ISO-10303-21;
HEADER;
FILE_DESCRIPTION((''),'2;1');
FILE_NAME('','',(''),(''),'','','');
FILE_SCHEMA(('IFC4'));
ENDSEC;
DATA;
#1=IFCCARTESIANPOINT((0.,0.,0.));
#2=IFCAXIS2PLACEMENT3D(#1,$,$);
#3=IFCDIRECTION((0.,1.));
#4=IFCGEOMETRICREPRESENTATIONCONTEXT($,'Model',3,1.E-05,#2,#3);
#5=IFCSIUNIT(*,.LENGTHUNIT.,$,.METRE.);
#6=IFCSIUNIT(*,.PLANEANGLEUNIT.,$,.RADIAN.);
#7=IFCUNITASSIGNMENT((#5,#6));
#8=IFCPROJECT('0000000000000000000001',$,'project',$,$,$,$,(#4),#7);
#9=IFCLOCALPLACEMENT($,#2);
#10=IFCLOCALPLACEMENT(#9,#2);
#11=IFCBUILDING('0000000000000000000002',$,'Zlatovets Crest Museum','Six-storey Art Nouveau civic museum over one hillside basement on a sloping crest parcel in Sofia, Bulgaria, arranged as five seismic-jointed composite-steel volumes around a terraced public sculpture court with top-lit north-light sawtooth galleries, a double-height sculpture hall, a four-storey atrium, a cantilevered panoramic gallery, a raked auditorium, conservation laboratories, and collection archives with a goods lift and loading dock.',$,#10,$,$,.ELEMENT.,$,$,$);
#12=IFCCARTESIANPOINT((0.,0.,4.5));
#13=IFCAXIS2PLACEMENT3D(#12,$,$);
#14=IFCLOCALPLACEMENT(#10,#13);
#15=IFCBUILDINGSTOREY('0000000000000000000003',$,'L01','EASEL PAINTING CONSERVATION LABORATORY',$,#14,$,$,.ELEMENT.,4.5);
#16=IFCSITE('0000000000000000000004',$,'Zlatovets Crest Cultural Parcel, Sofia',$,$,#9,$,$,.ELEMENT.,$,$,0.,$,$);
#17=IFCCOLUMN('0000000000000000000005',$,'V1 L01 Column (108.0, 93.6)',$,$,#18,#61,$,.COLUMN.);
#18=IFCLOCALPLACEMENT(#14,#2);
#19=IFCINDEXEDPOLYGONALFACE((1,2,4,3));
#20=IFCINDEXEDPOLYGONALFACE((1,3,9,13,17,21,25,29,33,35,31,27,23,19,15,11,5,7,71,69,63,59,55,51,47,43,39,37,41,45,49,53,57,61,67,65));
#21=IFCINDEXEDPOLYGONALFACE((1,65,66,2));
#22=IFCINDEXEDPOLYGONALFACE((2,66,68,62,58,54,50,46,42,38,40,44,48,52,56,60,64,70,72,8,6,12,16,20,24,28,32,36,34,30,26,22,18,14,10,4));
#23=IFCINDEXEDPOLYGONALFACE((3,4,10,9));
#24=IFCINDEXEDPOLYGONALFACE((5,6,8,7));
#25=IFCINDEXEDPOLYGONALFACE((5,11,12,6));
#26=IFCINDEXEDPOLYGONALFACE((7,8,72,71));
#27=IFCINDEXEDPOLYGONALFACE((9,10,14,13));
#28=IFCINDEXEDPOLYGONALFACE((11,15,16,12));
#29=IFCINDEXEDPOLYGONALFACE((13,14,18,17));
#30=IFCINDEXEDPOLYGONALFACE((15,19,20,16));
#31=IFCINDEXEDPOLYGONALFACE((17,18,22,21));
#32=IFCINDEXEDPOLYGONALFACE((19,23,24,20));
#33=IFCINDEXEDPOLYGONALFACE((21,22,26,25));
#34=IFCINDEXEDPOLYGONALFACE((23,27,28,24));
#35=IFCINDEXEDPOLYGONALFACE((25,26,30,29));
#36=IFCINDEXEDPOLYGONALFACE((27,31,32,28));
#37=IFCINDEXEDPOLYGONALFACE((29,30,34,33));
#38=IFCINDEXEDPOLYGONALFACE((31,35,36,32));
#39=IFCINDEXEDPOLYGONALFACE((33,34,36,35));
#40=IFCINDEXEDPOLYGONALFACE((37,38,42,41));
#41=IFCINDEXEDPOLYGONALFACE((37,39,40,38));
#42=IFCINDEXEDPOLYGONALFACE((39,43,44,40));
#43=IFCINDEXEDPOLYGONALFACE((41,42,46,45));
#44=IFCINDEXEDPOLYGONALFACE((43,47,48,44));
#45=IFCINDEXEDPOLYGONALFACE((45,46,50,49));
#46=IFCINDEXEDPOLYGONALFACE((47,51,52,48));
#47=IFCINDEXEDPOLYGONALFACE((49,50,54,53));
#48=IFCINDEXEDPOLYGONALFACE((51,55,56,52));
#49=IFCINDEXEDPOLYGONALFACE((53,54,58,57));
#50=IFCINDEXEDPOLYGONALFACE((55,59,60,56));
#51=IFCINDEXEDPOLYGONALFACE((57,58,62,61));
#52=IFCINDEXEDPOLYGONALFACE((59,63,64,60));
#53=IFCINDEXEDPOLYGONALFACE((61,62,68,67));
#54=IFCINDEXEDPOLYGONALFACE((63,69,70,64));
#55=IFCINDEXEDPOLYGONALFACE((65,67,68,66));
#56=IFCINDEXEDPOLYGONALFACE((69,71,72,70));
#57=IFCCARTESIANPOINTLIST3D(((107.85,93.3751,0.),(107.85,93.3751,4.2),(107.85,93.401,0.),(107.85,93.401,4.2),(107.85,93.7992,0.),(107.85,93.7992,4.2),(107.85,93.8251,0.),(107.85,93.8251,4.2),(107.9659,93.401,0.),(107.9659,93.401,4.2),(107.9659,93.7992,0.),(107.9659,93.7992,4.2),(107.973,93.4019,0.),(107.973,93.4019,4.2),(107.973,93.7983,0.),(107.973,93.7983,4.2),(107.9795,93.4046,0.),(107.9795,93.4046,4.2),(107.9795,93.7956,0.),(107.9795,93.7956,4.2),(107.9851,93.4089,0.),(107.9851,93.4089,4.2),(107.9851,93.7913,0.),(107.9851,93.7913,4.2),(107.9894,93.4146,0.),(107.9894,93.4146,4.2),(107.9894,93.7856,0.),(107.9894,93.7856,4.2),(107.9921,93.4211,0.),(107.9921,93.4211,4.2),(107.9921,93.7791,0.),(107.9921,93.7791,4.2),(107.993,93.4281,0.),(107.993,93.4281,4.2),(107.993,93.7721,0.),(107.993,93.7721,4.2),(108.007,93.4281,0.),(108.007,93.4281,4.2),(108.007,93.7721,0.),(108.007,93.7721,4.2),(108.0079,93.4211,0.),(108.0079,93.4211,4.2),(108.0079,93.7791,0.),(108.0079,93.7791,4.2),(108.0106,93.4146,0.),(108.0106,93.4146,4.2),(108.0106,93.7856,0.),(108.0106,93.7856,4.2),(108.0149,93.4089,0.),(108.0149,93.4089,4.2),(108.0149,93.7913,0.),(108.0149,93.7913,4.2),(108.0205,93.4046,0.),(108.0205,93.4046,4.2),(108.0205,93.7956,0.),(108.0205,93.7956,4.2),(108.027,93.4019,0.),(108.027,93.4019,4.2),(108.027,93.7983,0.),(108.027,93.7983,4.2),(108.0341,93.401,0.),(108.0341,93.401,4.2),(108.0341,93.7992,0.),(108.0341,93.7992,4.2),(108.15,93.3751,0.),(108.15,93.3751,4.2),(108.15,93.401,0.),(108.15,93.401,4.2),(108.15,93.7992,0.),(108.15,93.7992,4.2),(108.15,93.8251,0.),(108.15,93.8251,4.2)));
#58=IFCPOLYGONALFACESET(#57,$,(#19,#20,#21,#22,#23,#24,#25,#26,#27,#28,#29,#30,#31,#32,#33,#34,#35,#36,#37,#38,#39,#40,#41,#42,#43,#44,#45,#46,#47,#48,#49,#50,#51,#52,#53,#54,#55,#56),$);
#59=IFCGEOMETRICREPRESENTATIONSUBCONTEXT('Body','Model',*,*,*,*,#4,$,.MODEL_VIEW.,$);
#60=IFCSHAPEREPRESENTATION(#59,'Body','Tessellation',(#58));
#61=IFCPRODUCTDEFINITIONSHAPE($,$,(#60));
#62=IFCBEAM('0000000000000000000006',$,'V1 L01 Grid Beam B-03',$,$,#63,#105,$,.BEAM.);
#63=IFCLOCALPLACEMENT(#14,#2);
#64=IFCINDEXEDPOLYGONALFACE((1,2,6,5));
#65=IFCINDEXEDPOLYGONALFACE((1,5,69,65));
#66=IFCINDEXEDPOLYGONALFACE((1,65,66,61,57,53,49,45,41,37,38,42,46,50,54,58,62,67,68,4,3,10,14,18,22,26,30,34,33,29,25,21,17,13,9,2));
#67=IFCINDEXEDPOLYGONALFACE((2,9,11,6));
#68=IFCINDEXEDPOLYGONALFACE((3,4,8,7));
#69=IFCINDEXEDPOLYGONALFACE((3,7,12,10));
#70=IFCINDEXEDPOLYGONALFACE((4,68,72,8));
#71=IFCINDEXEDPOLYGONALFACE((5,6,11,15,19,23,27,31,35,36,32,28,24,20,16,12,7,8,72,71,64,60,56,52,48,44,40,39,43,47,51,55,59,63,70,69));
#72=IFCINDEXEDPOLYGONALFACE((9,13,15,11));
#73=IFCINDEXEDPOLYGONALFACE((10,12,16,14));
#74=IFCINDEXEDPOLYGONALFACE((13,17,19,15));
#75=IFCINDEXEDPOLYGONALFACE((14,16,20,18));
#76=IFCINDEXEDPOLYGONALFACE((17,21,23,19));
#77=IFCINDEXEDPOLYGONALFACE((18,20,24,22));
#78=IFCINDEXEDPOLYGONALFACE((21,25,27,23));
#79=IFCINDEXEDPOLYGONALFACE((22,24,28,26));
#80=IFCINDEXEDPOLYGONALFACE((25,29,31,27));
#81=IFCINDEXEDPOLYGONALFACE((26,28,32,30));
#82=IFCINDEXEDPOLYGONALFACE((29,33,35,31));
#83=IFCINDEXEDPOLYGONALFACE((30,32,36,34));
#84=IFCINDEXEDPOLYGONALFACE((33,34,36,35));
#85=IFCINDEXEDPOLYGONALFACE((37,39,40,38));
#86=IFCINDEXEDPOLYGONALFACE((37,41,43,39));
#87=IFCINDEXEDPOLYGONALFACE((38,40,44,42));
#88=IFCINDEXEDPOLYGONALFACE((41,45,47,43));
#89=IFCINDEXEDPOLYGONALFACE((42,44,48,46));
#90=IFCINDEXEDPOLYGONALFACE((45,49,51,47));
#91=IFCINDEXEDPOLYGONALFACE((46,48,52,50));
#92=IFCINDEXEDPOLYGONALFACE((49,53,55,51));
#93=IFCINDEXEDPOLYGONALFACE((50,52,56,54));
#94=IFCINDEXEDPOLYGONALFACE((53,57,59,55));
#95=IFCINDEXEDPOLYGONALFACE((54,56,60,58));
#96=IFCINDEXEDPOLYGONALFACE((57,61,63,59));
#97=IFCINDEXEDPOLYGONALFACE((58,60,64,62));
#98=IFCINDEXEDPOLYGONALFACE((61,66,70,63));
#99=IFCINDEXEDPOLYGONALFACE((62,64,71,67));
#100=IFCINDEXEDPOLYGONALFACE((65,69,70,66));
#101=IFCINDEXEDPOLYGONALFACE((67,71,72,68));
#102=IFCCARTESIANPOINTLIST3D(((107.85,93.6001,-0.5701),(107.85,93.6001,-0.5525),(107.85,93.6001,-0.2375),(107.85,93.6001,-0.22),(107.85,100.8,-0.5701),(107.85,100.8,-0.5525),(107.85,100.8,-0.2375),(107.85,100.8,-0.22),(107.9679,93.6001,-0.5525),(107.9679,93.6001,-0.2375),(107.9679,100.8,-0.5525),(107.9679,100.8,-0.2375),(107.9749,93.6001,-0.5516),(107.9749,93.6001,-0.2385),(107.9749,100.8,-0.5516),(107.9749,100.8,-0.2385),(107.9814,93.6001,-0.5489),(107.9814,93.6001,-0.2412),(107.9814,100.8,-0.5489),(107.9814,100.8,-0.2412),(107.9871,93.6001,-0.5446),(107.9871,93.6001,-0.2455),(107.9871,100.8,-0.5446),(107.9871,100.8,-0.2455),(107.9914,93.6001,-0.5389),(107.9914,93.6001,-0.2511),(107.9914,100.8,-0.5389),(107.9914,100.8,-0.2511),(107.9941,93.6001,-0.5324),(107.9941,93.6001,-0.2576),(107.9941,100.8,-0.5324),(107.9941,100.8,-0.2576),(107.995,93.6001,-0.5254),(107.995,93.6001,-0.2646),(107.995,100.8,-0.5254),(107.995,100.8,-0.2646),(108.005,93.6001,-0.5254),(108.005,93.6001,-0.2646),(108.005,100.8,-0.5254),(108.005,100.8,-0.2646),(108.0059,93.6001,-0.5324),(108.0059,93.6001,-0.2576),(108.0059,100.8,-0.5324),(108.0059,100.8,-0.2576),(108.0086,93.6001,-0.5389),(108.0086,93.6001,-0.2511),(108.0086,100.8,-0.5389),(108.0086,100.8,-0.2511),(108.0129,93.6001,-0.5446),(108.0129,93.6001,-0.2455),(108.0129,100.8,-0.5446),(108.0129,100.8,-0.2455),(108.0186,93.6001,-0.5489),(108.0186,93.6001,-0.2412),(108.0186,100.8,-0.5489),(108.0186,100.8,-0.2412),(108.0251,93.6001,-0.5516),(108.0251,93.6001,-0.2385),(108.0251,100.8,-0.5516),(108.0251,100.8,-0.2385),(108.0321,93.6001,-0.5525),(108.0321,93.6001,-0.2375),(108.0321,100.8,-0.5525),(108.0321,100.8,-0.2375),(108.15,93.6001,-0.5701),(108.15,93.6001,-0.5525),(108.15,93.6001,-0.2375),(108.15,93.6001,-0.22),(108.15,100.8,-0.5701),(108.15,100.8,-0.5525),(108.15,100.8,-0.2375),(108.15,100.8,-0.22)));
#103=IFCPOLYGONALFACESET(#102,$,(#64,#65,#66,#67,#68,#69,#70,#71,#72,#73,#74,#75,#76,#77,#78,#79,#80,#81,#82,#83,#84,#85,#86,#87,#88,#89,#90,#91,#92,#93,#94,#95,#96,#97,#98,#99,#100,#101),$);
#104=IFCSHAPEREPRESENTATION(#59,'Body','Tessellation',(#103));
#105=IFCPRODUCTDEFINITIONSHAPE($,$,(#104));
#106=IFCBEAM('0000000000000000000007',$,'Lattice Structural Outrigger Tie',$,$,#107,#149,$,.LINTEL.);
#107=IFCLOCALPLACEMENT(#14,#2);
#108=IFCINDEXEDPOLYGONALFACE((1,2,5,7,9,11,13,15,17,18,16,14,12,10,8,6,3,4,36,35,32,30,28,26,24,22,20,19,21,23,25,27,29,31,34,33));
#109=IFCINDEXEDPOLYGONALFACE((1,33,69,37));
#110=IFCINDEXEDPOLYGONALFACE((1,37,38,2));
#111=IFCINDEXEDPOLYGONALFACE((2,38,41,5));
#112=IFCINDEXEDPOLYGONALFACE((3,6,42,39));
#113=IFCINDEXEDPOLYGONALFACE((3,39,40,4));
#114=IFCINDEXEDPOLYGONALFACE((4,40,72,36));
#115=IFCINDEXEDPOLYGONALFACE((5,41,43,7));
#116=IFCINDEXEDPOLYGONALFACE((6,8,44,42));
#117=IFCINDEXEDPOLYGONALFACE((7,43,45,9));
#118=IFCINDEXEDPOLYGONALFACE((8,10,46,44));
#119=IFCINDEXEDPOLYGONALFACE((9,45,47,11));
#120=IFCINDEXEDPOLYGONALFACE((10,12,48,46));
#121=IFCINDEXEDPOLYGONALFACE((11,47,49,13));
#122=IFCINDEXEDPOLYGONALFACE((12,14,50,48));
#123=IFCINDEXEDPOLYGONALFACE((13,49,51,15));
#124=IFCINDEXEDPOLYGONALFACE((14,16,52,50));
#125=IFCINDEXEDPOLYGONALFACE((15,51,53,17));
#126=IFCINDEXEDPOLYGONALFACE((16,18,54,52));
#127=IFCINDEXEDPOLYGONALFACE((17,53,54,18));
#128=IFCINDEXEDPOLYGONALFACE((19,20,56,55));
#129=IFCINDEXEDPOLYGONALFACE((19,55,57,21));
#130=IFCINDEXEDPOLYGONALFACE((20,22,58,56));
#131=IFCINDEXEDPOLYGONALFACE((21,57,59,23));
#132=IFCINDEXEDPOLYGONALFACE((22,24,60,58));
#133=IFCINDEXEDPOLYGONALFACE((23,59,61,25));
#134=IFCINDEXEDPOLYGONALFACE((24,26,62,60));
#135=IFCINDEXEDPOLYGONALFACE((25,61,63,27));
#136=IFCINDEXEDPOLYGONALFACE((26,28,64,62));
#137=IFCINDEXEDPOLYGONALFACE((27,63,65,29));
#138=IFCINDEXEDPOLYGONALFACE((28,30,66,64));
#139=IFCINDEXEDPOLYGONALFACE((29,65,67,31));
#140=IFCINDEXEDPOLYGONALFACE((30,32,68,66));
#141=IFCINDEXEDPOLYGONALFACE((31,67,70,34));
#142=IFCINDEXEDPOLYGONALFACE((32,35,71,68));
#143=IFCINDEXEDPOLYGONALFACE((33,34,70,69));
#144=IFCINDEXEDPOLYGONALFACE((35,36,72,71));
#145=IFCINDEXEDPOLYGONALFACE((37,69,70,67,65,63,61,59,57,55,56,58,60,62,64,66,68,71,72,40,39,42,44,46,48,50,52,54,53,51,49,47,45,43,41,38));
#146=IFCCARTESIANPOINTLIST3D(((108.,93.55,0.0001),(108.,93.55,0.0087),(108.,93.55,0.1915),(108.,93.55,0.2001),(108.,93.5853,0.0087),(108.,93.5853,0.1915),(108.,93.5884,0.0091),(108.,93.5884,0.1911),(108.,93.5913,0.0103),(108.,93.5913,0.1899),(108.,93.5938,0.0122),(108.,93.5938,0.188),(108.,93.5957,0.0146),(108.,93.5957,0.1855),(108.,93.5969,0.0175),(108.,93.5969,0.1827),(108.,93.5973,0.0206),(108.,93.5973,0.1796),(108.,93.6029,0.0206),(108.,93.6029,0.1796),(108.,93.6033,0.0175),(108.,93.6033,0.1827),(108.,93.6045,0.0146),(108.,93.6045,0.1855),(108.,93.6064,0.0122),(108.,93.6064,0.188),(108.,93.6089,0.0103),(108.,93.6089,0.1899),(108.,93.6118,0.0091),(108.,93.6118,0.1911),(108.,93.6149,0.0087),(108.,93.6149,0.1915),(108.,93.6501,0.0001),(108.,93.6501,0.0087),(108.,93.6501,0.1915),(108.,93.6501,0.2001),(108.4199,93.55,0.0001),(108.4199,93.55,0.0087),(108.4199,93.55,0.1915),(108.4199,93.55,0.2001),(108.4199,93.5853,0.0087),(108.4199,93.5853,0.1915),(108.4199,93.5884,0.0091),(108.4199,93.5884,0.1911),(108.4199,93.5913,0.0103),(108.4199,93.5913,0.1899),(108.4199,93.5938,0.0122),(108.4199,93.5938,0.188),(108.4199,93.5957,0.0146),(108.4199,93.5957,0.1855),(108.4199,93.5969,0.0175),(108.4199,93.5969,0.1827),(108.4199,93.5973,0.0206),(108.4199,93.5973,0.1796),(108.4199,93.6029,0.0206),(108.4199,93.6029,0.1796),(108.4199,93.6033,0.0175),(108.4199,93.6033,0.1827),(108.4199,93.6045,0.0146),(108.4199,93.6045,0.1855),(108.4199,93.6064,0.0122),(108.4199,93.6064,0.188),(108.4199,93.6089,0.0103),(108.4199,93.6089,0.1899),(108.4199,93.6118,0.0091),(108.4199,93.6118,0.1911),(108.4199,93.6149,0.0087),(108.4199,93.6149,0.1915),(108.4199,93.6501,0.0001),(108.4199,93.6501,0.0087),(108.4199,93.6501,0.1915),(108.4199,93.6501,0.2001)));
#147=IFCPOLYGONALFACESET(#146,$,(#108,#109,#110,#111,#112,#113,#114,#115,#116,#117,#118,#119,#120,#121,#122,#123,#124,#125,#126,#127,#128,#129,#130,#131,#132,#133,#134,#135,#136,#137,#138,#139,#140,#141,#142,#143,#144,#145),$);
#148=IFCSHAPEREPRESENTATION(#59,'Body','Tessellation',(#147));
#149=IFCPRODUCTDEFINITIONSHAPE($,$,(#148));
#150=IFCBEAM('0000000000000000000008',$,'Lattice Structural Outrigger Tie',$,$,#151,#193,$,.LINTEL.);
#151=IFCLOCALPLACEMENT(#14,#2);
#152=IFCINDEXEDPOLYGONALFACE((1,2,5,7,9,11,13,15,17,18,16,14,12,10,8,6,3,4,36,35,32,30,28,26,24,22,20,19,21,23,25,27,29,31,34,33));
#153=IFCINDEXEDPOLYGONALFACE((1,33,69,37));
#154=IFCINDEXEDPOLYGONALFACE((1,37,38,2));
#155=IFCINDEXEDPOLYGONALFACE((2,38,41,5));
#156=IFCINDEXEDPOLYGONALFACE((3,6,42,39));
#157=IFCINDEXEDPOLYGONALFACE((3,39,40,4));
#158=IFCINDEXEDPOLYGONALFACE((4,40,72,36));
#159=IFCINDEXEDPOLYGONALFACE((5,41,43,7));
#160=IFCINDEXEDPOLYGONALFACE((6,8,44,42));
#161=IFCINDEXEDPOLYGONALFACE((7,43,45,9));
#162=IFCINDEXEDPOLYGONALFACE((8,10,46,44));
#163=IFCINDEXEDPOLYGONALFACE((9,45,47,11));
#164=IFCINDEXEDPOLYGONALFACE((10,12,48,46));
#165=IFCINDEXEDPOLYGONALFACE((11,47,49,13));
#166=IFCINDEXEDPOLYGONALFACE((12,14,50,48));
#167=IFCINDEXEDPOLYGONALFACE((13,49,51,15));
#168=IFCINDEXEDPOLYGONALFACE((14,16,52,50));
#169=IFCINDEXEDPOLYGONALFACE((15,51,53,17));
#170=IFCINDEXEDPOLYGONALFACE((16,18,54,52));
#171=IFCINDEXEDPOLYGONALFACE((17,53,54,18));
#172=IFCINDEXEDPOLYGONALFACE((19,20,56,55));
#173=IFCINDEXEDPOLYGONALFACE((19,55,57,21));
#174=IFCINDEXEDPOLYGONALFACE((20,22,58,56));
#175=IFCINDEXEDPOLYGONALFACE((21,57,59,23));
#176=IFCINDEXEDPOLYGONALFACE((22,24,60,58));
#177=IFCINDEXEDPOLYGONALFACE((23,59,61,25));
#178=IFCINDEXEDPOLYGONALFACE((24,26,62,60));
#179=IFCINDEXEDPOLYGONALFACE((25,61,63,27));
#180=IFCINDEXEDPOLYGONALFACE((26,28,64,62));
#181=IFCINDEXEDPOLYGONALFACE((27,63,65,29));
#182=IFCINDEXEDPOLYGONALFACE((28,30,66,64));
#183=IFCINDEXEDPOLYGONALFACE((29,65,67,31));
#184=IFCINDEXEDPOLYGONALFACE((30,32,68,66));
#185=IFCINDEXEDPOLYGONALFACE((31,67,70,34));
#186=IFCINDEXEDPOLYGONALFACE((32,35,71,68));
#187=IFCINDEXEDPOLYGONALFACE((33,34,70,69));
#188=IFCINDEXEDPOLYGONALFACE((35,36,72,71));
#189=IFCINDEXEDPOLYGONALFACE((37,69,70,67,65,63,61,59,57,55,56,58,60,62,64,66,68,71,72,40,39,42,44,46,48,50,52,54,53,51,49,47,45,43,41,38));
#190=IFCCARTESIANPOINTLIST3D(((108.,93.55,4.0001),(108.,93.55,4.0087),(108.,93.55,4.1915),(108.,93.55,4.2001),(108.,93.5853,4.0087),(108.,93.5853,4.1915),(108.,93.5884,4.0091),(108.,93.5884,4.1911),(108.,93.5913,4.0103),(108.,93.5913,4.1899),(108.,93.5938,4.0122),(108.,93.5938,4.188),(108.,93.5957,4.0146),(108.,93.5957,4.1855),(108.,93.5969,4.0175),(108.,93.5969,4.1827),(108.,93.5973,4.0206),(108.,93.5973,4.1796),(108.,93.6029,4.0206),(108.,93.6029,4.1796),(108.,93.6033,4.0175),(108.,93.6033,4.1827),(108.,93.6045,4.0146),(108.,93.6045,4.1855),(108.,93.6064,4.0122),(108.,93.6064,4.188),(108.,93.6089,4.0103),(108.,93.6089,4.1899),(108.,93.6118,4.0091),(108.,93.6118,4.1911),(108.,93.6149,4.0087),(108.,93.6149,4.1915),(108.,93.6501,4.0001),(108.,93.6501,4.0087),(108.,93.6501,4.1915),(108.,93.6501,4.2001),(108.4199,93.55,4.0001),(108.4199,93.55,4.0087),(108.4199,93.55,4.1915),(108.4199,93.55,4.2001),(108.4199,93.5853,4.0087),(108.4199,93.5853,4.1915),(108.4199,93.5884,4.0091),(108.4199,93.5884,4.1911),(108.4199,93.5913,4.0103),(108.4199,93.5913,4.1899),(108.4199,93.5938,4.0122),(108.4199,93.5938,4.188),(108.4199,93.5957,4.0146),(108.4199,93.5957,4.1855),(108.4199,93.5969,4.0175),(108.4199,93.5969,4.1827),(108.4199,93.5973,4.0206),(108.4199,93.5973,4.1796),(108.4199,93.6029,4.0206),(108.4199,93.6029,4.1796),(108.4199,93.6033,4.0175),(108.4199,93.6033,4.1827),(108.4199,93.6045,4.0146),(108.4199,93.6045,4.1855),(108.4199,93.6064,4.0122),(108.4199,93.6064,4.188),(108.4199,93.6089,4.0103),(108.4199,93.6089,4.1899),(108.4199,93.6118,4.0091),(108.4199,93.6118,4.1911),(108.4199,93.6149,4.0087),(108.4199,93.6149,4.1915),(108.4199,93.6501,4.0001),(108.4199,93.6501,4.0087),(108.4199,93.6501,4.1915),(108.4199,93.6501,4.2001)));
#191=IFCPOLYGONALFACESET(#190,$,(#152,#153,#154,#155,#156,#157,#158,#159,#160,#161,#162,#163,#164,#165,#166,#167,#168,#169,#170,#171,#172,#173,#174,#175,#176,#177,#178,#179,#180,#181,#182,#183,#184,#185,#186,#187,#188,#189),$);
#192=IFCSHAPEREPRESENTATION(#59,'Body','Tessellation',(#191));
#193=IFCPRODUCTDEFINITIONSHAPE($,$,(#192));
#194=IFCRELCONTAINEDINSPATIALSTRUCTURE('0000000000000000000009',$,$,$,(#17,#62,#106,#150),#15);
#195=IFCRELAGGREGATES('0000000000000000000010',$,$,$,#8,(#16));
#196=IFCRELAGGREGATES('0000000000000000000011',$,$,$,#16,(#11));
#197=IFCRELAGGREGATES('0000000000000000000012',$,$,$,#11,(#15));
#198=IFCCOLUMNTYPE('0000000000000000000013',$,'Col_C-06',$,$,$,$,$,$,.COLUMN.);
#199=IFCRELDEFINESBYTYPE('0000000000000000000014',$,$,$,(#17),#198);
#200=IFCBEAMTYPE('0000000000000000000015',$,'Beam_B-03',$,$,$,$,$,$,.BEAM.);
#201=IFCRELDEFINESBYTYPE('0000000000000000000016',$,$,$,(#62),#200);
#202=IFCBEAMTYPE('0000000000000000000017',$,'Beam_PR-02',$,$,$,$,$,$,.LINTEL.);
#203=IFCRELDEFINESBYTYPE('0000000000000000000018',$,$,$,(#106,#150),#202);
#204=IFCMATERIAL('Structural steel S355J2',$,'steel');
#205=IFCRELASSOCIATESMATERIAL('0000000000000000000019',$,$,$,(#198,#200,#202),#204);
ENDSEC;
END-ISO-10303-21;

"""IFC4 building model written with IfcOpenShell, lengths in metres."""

from ifc_helpers import new_model, si_unit, direction, frame, origin, origin_2d, place, context, subcontext, project, spatial, i_section, extrude, material, material_profile, profile_set, type_object, element, save


model = new_model("IFC4")

# Units and contexts
model_context = context("Model", 3, precision=1e-05, world=origin(), true_north=direction((0.0, 1.0)))
body_context = subcontext(model_context, "Body", "Model", "MODEL_VIEW")
ifc_project = project(units=[si_unit("LENGTHUNIT", "METRE"), si_unit("PLANEANGLEUNIT", "RADIAN")], contexts=[model_context])

# Site, building, storey
site_placement = place(None, origin())
site = spatial("IfcSite", under=ifc_project, at=site_placement, Name="Zlatovets Crest Cultural Parcel, Sofia", CompositionType="ELEMENT", RefElevation=0.0)
building_placement = place(site_placement, origin())
building = spatial("IfcBuilding", under=site, at=building_placement, Name="Zlatovets Crest Museum", Description="Six-storey Art Nouveau civic museum over one hillside basement on a sloping crest parcel in Sofia, Bulgaria, arranged as five seismic-jointed composite-steel volumes around a terraced public sculpture court with top-lit north-light sawtooth galleries, a double-height sculpture hall, a four-storey atrium, a cantilevered panoramic gallery, a raked auditorium, conservation laboratories, and collection archives with a goods lift and loading dock.", CompositionType="ELEMENT")
storey_placement = place(building_placement, frame((0.0, 0.0, 4.5)))
storey = spatial("IfcBuildingStorey", under=building, at=storey_placement, Name="L01", Description="EASEL PAINTING CONSERVATION LABORATORY", CompositionType="ELEMENT", Elevation=4.5)

# Column
ifc_material_1 = material(Name="Structural steel S355J2", Category="steel")
ifc_material_profile_1 = material_profile(ifc_material_1, i_section(OverallWidth=0.3, OverallDepth=0.45, WebThickness=0.0139, FlangeThickness=0.0259, FilletRadius=0.0271, at=origin_2d()), Name="HEB 450")
ifc_profile_set_1 = profile_set([ifc_material_profile_1], Name="Structural steel S355J2")
column_type = type_object("IfcColumnType", Name="Col_C-06", PredefinedType="COLUMN", material=ifc_profile_set_1)
column_placement = place(storey_placement, frame((108.0, 93.6001, 0.0), z_axis=(0.0, 0.0, 1.0), x_axis=(1.0, 0.0, 0.0)))
element("IfcColumn", 1, at=column_placement, inside=storey, type_object=column_type, Name="V1 L01 Column (108.0, 93.6)", PredefinedType="COLUMN", context=body_context, shape_type="SweptSolid", body=[
    extrude(i_section(OverallWidth=0.3, OverallDepth=0.45, WebThickness=0.0139, FlangeThickness=0.0259, FilletRadius=0.0271, at=origin_2d()), origin(), (0.0, 0.0, 1.0), 4.2),
])

# Beams
ifc_material_profile_2 = material_profile(ifc_material_1, i_section(OverallWidth=0.3, OverallDepth=0.3501, WebThickness=0.01, FlangeThickness=0.0176, FilletRadius=0.0271, at=origin_2d()), Name="HEA 360")
ifc_profile_set_2 = profile_set([ifc_material_profile_2], Name="Structural steel S355J2")
beam_type_1 = type_object("IfcBeamType", Name="Beam_B-03", PredefinedType="BEAM", material=ifc_profile_set_2)
beam_placement = place(storey_placement, frame((108.0, 93.6001, -0.395), z_axis=(0.0, 1.0, 0.0), x_axis=(-1.0, 0.0, 0.0)))
element("IfcBeam", 2, at=beam_placement, inside=storey, type_object=beam_type_1, Name="V1 L01 Grid Beam B-03", PredefinedType="BEAM", context=body_context, shape_type="SweptSolid", body=[
    extrude(i_section(OverallWidth=0.3, OverallDepth=0.3501, WebThickness=0.01, FlangeThickness=0.0176, FilletRadius=0.0271, at=origin_2d()), origin(), (0.0, 0.0, 1.0), 7.2),
])
ifc_material_profile_3 = material_profile(ifc_material_1, i_section(OverallWidth=0.1001, OverallDepth=0.2, WebThickness=0.0056, FlangeThickness=0.0085, FilletRadius=0.012, at=origin_2d()), Name="IPE 200")
ifc_profile_set_3 = profile_set([ifc_material_profile_3], Name="Structural steel S355J2")
beam_type_2 = type_object("IfcBeamType", Name="Beam_PR-02", PredefinedType="LINTEL", material=ifc_profile_set_3)
for number, where, z_axis, x_axis, name in (
    (3, (108.0, 93.6001, 0.1001), (1.0, 0.0, 0.0), (0.0, 1.0, 0.0), "Lattice Structural Outrigger Tie"),
    (4, (108.0, 93.6001, 4.1001), (1.0, 0.0, 0.0), (0.0, 1.0, 0.0), "Lattice Structural Outrigger Tie"),
):
    element("IfcBeam", number, at=place(storey_placement, frame(where, z_axis=z_axis, x_axis=x_axis)), inside=storey, type_object=beam_type_2, Name=name, PredefinedType="LINTEL", context=body_context, shape_type="SweptSolid", body=[
        extrude(i_section(OverallWidth=0.1001, OverallDepth=0.2, WebThickness=0.0056, FlangeThickness=0.0085, FilletRadius=0.012, at=origin_2d()), origin(), (0.0, 0.0, 1.0), 0.4199),
    ])

save(model, "model.ifc")
